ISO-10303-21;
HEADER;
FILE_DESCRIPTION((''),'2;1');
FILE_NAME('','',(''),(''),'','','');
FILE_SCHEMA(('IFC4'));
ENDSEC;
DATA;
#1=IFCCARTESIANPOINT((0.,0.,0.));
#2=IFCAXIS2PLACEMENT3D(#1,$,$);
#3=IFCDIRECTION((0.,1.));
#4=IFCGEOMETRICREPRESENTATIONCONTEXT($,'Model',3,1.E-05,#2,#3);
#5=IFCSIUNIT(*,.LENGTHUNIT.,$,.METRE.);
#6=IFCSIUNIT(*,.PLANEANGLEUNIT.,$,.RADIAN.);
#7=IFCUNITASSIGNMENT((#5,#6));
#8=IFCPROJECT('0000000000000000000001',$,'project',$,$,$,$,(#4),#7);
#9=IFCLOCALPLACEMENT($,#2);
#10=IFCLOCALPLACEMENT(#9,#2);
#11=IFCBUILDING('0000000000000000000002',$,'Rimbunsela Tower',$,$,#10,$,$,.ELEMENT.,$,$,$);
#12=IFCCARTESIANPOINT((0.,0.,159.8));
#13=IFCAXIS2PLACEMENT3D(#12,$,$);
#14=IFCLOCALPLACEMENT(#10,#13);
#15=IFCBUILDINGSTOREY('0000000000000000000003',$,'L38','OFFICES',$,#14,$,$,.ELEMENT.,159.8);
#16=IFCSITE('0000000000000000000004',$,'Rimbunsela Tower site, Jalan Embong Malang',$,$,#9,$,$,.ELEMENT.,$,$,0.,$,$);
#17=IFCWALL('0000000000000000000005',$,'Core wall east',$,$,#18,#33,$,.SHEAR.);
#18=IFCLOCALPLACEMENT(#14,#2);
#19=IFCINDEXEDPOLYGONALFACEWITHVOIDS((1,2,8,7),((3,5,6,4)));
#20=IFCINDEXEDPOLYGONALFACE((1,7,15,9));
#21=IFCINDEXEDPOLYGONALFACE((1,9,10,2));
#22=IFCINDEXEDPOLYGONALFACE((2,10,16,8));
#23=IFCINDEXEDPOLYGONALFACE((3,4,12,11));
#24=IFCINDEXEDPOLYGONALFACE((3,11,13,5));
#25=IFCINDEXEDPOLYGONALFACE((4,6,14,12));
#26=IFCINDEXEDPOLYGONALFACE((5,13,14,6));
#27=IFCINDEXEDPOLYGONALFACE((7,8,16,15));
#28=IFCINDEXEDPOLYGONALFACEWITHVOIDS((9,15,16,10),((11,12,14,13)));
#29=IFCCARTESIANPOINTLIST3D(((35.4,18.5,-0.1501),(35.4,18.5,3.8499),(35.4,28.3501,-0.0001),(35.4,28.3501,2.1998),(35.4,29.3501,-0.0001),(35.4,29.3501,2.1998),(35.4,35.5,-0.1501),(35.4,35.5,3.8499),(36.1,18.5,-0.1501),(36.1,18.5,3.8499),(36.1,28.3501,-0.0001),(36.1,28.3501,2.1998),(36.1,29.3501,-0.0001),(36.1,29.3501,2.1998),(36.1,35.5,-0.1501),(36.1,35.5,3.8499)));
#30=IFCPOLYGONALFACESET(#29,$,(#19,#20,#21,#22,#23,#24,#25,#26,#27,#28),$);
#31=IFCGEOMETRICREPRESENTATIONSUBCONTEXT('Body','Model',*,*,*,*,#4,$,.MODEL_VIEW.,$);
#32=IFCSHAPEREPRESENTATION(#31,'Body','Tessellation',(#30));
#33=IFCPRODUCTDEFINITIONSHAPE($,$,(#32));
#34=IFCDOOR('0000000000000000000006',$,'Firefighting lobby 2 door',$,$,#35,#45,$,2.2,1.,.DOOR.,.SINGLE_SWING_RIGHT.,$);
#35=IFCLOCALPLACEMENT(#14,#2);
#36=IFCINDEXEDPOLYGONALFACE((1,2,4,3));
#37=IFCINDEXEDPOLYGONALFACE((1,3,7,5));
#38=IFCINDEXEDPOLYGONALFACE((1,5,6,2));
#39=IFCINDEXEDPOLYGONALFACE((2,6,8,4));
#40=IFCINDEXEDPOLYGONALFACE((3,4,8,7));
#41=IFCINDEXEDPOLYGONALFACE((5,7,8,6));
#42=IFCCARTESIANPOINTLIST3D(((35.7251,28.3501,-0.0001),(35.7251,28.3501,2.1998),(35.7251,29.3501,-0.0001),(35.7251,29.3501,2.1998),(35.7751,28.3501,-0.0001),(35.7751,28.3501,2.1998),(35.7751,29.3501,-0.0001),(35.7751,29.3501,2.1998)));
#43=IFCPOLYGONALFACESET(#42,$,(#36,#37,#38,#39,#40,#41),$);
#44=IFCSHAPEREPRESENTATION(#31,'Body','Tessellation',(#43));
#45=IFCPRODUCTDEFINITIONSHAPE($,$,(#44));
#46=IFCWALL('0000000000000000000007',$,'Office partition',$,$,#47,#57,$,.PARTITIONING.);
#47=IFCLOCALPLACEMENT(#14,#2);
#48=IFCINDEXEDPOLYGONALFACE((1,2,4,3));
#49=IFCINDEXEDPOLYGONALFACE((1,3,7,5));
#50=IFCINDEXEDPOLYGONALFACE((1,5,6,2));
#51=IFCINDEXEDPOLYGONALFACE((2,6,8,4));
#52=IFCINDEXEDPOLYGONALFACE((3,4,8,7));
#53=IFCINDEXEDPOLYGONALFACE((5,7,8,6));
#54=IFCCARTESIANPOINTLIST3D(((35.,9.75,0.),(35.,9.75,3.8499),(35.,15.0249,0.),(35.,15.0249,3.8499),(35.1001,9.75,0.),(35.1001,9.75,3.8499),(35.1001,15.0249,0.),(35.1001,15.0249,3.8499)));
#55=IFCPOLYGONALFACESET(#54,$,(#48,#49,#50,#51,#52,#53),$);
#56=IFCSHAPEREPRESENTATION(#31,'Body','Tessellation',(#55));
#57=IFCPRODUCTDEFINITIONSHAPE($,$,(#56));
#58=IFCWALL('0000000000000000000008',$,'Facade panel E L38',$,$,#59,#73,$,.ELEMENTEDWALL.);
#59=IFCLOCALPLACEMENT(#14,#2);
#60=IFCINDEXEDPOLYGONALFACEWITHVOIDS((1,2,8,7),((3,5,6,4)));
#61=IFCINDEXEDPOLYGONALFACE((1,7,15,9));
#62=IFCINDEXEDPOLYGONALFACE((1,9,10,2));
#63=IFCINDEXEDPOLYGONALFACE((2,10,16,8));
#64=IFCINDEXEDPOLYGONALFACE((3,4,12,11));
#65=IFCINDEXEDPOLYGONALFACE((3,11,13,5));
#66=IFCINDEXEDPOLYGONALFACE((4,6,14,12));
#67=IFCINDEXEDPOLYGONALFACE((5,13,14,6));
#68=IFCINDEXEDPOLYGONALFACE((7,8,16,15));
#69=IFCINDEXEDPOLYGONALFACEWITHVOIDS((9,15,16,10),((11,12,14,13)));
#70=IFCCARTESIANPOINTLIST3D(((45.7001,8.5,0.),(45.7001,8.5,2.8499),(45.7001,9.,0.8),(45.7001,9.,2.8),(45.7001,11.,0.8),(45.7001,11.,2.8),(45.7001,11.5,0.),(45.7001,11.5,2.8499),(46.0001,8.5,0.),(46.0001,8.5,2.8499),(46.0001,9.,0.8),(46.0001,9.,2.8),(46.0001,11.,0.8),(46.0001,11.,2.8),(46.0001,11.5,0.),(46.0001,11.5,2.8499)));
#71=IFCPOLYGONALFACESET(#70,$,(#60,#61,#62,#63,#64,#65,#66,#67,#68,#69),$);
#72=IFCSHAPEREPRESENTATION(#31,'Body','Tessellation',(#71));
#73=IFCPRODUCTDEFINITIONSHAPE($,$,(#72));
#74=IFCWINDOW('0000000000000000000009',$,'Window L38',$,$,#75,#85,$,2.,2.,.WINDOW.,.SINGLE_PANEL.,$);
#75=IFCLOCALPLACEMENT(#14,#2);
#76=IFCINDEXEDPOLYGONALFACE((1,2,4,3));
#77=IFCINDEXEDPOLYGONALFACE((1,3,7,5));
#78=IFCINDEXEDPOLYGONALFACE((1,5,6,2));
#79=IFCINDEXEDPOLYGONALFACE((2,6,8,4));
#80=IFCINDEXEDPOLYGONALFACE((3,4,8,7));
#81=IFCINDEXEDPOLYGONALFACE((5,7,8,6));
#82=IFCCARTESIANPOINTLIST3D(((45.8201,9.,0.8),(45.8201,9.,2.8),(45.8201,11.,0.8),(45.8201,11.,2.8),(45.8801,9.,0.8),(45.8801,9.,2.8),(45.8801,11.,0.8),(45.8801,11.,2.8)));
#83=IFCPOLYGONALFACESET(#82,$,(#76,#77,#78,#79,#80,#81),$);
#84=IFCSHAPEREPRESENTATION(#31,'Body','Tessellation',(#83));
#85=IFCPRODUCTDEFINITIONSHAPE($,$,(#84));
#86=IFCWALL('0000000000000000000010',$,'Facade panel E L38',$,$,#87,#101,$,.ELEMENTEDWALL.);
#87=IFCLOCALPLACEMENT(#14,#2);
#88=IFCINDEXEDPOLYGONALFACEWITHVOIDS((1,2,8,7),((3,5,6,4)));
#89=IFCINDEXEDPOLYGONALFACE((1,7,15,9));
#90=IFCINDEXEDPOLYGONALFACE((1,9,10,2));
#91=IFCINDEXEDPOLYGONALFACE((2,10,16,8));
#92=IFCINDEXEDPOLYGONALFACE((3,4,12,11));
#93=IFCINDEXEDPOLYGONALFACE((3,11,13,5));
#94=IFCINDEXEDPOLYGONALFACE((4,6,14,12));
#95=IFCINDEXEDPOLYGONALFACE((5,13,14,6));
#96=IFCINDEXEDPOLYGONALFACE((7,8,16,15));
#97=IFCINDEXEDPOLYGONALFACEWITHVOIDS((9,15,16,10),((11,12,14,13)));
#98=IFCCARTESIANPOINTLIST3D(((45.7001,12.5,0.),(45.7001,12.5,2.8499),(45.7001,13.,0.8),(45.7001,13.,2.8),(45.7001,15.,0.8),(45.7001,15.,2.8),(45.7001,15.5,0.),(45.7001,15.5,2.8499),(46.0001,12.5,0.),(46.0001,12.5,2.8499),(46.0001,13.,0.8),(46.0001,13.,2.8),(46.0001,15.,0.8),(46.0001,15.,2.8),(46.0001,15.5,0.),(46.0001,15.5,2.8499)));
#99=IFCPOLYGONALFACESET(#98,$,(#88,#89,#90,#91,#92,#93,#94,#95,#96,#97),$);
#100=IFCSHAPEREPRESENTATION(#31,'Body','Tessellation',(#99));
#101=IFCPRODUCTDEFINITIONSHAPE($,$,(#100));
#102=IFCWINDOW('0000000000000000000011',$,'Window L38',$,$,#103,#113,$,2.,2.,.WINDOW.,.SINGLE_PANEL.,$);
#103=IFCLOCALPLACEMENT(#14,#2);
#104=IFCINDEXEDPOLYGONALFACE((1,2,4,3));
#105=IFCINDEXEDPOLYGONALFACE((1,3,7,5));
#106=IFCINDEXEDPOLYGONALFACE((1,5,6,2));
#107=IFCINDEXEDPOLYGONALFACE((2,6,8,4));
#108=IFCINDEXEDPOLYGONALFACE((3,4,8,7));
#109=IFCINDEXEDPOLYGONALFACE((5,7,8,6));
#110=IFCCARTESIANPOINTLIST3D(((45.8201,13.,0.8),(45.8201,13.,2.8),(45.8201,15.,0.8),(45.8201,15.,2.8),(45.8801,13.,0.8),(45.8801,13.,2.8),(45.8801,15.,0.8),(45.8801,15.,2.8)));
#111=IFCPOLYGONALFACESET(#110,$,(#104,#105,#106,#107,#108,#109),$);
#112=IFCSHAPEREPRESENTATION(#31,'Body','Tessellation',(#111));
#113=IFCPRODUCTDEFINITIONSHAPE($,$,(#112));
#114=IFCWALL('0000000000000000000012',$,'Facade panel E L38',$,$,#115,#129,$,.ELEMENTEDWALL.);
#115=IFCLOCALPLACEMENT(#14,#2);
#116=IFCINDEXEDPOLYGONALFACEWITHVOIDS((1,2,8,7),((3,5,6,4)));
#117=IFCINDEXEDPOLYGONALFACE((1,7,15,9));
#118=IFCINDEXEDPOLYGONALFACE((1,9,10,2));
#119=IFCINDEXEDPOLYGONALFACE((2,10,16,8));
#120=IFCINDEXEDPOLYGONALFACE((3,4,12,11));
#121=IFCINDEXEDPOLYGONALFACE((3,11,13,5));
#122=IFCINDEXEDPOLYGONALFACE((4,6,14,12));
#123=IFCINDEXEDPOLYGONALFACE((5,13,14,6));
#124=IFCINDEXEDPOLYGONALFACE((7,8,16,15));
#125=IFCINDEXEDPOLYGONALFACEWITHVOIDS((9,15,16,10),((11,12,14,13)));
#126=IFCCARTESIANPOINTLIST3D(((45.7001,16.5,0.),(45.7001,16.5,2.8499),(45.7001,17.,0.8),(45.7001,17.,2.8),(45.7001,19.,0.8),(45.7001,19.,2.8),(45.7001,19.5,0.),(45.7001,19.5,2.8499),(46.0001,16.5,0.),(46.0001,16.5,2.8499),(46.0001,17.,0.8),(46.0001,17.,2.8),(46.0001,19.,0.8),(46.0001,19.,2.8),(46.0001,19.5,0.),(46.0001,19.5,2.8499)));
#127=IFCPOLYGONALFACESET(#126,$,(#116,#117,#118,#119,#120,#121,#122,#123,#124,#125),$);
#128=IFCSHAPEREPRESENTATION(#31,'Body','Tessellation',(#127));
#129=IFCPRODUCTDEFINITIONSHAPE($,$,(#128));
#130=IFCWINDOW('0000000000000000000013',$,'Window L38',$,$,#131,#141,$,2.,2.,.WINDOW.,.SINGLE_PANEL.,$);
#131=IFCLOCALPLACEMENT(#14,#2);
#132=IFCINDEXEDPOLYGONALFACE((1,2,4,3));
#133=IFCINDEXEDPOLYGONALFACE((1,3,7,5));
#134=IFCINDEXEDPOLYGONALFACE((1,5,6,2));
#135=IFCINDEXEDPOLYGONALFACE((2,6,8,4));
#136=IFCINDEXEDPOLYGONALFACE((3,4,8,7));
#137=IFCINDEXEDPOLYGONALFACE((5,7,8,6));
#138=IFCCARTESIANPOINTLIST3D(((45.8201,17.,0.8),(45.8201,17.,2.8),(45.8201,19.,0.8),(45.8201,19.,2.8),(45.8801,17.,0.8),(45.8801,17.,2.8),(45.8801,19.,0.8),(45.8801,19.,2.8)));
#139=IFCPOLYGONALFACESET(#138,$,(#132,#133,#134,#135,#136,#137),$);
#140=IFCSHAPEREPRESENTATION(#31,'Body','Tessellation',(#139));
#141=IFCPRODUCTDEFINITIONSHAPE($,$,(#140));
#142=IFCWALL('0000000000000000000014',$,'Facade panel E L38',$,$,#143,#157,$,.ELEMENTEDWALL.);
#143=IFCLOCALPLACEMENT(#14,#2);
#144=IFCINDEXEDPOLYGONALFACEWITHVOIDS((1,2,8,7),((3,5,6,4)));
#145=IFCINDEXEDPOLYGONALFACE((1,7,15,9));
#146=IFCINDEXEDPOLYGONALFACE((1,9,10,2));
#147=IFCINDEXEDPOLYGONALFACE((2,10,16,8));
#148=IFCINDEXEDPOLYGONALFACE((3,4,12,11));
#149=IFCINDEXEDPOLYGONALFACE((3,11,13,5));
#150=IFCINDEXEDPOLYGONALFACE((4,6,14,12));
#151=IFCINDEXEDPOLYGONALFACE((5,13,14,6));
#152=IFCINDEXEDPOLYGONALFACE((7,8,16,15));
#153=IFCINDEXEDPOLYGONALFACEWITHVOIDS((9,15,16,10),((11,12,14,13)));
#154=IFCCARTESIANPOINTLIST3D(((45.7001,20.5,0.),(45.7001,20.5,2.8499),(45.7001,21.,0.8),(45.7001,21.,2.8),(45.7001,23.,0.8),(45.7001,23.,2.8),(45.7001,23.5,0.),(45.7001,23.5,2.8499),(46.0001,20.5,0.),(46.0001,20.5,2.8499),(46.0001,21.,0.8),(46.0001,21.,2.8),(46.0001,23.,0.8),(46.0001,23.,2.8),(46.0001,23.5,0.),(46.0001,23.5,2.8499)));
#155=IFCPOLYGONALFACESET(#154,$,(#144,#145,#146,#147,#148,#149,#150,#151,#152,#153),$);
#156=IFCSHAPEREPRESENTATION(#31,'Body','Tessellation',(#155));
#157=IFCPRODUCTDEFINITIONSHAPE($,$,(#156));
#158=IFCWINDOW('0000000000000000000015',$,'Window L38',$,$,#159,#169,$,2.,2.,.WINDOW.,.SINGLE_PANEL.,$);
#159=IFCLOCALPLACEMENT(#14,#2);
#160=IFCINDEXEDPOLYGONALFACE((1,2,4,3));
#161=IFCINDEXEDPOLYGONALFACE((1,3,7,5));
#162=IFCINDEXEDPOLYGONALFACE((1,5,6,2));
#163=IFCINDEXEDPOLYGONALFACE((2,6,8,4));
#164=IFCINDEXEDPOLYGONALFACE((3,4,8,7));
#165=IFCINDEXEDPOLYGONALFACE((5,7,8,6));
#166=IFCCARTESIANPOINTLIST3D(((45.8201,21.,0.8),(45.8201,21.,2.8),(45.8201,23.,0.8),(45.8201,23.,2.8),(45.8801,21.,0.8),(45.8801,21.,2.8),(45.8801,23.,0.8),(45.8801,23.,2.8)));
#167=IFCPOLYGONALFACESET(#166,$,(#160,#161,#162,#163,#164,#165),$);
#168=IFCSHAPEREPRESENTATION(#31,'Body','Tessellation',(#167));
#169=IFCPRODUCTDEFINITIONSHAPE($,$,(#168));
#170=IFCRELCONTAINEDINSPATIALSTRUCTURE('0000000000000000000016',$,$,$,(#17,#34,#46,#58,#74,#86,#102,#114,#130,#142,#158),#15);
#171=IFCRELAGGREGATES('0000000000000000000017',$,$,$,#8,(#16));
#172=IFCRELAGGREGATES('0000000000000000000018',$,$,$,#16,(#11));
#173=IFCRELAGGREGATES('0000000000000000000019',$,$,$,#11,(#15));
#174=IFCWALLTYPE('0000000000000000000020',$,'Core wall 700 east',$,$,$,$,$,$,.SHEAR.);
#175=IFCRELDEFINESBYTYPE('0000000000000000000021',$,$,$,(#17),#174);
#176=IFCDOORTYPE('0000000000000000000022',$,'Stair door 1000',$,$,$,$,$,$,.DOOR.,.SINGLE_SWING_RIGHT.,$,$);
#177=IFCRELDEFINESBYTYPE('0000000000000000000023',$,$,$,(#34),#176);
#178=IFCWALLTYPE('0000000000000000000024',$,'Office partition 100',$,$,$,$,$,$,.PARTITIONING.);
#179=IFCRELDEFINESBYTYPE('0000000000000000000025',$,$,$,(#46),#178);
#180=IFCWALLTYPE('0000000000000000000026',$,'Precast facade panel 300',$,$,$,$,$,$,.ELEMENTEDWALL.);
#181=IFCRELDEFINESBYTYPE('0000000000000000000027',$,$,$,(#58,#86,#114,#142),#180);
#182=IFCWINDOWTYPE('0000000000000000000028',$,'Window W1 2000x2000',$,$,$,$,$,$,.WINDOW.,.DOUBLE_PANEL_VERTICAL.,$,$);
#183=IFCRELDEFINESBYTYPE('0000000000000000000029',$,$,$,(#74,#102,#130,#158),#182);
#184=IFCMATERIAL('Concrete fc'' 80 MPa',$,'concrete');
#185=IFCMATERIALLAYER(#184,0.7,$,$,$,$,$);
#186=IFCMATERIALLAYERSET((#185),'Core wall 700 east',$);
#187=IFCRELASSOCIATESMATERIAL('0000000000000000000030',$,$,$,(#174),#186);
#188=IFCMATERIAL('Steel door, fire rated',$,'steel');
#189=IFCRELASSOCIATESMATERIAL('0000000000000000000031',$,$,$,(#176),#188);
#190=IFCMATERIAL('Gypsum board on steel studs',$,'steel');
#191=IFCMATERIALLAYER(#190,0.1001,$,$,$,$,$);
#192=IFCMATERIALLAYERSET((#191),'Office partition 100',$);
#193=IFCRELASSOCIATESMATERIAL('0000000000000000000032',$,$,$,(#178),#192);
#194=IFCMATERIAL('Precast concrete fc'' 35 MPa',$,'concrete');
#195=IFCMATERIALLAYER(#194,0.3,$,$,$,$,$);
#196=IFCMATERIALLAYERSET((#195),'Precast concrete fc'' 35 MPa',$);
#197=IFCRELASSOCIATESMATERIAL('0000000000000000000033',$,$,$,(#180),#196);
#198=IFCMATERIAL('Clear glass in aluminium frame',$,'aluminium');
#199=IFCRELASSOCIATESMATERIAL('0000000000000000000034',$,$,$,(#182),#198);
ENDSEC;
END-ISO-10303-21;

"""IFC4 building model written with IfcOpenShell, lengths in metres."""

from ifc_helpers import new_model, si_unit, direction, frame, frame_2d, origin, place, context, subcontext, project, spatial, rectangle, extrude, material, layer, layer_set, type_object, element, fill, save


model = new_model("IFC4")

# Units and contexts
model_context = context("Model", 3, precision=1e-05, world=origin(), true_north=direction((0.0, 1.0)))
body_context = subcontext(model_context, "Body", "Model", "MODEL_VIEW")
ifc_project = project(units=[si_unit("LENGTHUNIT", "METRE"), si_unit("PLANEANGLEUNIT", "RADIAN")], contexts=[model_context])

# Site, building, storey
site_placement = place(None, origin())
site = spatial("IfcSite", under=ifc_project, at=site_placement, Name="Rimbunsela Tower site, Jalan Embong Malang", CompositionType="ELEMENT", RefElevation=0.0)
building_placement = place(site_placement, origin())
building = spatial("IfcBuilding", under=site, at=building_placement, Name="Rimbunsela Tower", CompositionType="ELEMENT")
storey_placement = place(building_placement, frame((0.0, 0.0, 159.8)))
storey = spatial("IfcBuildingStorey", under=building, at=storey_placement, Name="L38", Description="OFFICES", CompositionType="ELEMENT", Elevation=159.8)

# Wall, opening, door
ifc_material_1 = material(Name="Concrete fc' 80 MPa", Category="concrete")
ifc_layer_1 = layer(ifc_material_1, 0.7)
ifc_layer_set_1 = layer_set([ifc_layer_1], Name="Core wall 700 east")
wall_type_1 = type_object("IfcWallType", Name="Core wall 700 east", PredefinedType="SHEAR", material=ifc_layer_set_1)
wall_1_placement = place(storey_placement, frame((35.75, 18.5, -0.1501), z_axis=(0.0, 0.0, 1.0), x_axis=(0.0, 1.0, 0.0)))
wall_1 = element("IfcWall", 1, at=wall_1_placement, inside=storey, type_object=wall_type_1, Name="Core wall east", PredefinedType="SHEAR", context=body_context, shape_type="SweptSolid", body=[
    extrude(rectangle(XDim=17.0, YDim=0.7, at=frame_2d((8.5, 0.0))), origin(), (0.0, 0.0, 1.0), 4.0),
])
opening_1_placement = place(wall_1_placement, frame((9.8501, 0.0, 0.1499)))
opening_1 = element("IfcOpeningElement", 2, at=opening_1_placement, cuts=wall_1, PredefinedType="OPENING", context=body_context, shape_type="SweptSolid", body=[
    extrude(rectangle(XDim=1.0, YDim=2.2, at=frame_2d((0.5, 1.1001))), frame((0.0, 0.3599, 0.0), z_axis=(0.0, -1.0, 0.0), x_axis=(1.0, 0.0, 0.0)), (0.0, 0.0, 1.0), 0.72),
])
ifc_material_2 = material(Name="Steel door, fire rated", Category="steel")
door_type_1 = type_object("IfcDoorType", Name="Stair door 1000", OperationType="SINGLE_SWING_RIGHT", PredefinedType="DOOR", material=ifc_material_2)
door_1_placement = place(opening_1_placement, origin())
door_1 = element("IfcDoor", 3, at=door_1_placement, inside=storey, type_object=door_type_1, Name="Firefighting lobby 2 door", OperationType="SINGLE_SWING_RIGHT", OverallHeight=2.2, OverallWidth=1.0, PredefinedType="DOOR", context=body_context, shape_type="SweptSolid", body=[
    extrude(rectangle(XDim=1.0, YDim=2.2, at=frame_2d((0.5, 1.1001))), frame((0.0, 0.0249, 0.0), z_axis=(0.0, -1.0, 0.0), x_axis=(1.0, 0.0, 0.0)), (0.0, 0.0, 1.0), 0.05),
])
fill(opening_1, door_1)

# Wall
ifc_material_3 = material(Name="Gypsum board on steel studs", Category="steel")
ifc_layer_2 = layer(ifc_material_3, 0.1001)
ifc_layer_set_2 = layer_set([ifc_layer_2], Name="Office partition 100")
wall_type_2 = type_object("IfcWallType", Name="Office partition 100", PredefinedType="PARTITIONING", material=ifc_layer_set_2)
wall_2_placement = place(storey_placement, frame((35.05, 9.75, 0.0), z_axis=(0.0, 0.0, 1.0), x_axis=(0.0, 1.0, 0.0)))
element("IfcWall", 4, at=wall_2_placement, inside=storey, type_object=wall_type_2, Name="Office partition", PredefinedType="PARTITIONING", context=body_context, shape_type="SweptSolid", body=[
    extrude(rectangle(XDim=5.2749, YDim=0.1001, at=frame_2d((2.6375, 0.0))), origin(), (0.0, 0.0, 1.0), 3.8499),
])

# Walls, openings, windows
ifc_material_4 = material(Name="Precast concrete fc' 35 MPa", Category="concrete")
ifc_layer_3 = layer(ifc_material_4, 0.3)
ifc_layer_set_3 = layer_set([ifc_layer_3], Name="Precast concrete fc' 35 MPa")
wall_type_3 = type_object("IfcWallType", Name="Precast facade panel 300", PredefinedType="ELEMENTEDWALL", material=ifc_layer_set_3)
wall_3_placement = place(storey_placement, frame((45.8501, 8.5, 0.0), z_axis=(0.0, 0.0, 1.0), x_axis=(0.0, 1.0, 0.0)))
wall_3 = element("IfcWall", 5, at=wall_3_placement, inside=storey, type_object=wall_type_3, Name="Facade panel E L38", PredefinedType="ELEMENTEDWALL", context=body_context, shape_type="SweptSolid", body=[
    extrude(rectangle(XDim=3.0, YDim=0.3, at=frame_2d((1.5, 0.0))), origin(), (0.0, 0.0, 1.0), 2.8499),
])
opening_2_placement = place(wall_3_placement, frame((0.5, 0.0, 0.8)))
opening_2 = element("IfcOpeningElement", 6, at=opening_2_placement, cuts=wall_3, PredefinedType="OPENING", context=body_context, shape_type="SweptSolid", body=[
    extrude(rectangle(XDim=2.0, YDim=2.0, at=frame_2d((1.0, 1.0))), frame((0.0, 0.1599, 0.0), z_axis=(0.0, -1.0, 0.0), x_axis=(1.0, 0.0, 0.0)), (0.0, 0.0, 1.0), 0.3201),
])
ifc_material_5 = material(Name="Clear glass in aluminium frame", Category="aluminium")
window_type = type_object("IfcWindowType", Name="Window W1 2000x2000", PartitioningType="DOUBLE_PANEL_VERTICAL", PredefinedType="WINDOW", material=ifc_material_5)
window_1_placement = place(opening_2_placement, origin())
window_1 = element("IfcWindow", 7, at=window_1_placement, inside=storey, type_object=window_type, Name="Window L38", OverallHeight=2.0, OverallWidth=2.0, PartitioningType="SINGLE_PANEL", PredefinedType="WINDOW", context=body_context, shape_type="SweptSolid", body=[
    extrude(rectangle(XDim=2.0, YDim=2.0, at=frame_2d((1.0, 1.0))), frame((0.0, 0.03, 0.0), z_axis=(0.0, -1.0, 0.0), x_axis=(1.0, 0.0, 0.0)), (0.0, 0.0, 1.0), 0.0601),
])
fill(opening_2, window_1)
wall_4_placement = place(storey_placement, frame((45.8501, 12.5, 0.0), z_axis=(0.0, 0.0, 1.0), x_axis=(0.0, 1.0, 0.0)))
wall_4 = element("IfcWall", 8, at=wall_4_placement, inside=storey, type_object=wall_type_3, Name="Facade panel E L38", PredefinedType="ELEMENTEDWALL", context=body_context, shape_type="SweptSolid", body=[
    extrude(rectangle(XDim=3.0, YDim=0.3, at=frame_2d((1.5, 0.0))), origin(), (0.0, 0.0, 1.0), 2.8499),
])
opening_3_placement = place(wall_4_placement, frame((0.5, 0.0, 0.8)))
opening_3 = element("IfcOpeningElement", 9, at=opening_3_placement, cuts=wall_4, PredefinedType="OPENING", context=body_context, shape_type="SweptSolid", body=[
    extrude(rectangle(XDim=2.0, YDim=2.0, at=frame_2d((1.0, 1.0))), frame((0.0, 0.1599, 0.0), z_axis=(0.0, -1.0, 0.0), x_axis=(1.0, 0.0, 0.0)), (0.0, 0.0, 1.0), 0.3201),
])
window_2_placement = place(opening_3_placement, origin())
window_2 = element("IfcWindow", 10, at=window_2_placement, inside=storey, type_object=window_type, Name="Window L38", OverallHeight=2.0, OverallWidth=2.0, PartitioningType="SINGLE_PANEL", PredefinedType="WINDOW", context=body_context, shape_type="SweptSolid", body=[
    extrude(rectangle(XDim=2.0, YDim=2.0, at=frame_2d((1.0, 1.0))), frame((0.0, 0.03, 0.0), z_axis=(0.0, -1.0, 0.0), x_axis=(1.0, 0.0, 0.0)), (0.0, 0.0, 1.0), 0.0601),
])
fill(opening_3, window_2)
wall_5_placement = place(storey_placement, frame((45.8501, 16.5, 0.0), z_axis=(0.0, 0.0, 1.0), x_axis=(0.0, 1.0, 0.0)))
wall_5 = element("IfcWall", 11, at=wall_5_placement, inside=storey, type_object=wall_type_3, Name="Facade panel E L38", PredefinedType="ELEMENTEDWALL", context=body_context, shape_type="SweptSolid", body=[
    extrude(rectangle(XDim=3.0, YDim=0.3, at=frame_2d((1.5, 0.0))), origin(), (0.0, 0.0, 1.0), 2.8499),
])
opening_4_placement = place(wall_5_placement, frame((0.5, 0.0, 0.8)))
opening_4 = element("IfcOpeningElement", 12, at=opening_4_placement, cuts=wall_5, PredefinedType="OPENING", context=body_context, shape_type="SweptSolid", body=[
    extrude(rectangle(XDim=2.0, YDim=2.0, at=frame_2d((1.0, 1.0))), frame((0.0, 0.1599, 0.0), z_axis=(0.0, -1.0, 0.0), x_axis=(1.0, 0.0, 0.0)), (0.0, 0.0, 1.0), 0.3201),
])
window_3_placement = place(opening_4_placement, origin())
window_3 = element("IfcWindow", 13, at=window_3_placement, inside=storey, type_object=window_type, Name="Window L38", OverallHeight=2.0, OverallWidth=2.0, PartitioningType="SINGLE_PANEL", PredefinedType="WINDOW", context=body_context, shape_type="SweptSolid", body=[
    extrude(rectangle(XDim=2.0, YDim=2.0, at=frame_2d((1.0, 1.0))), frame((0.0, 0.03, 0.0), z_axis=(0.0, -1.0, 0.0), x_axis=(1.0, 0.0, 0.0)), (0.0, 0.0, 1.0), 0.0601),
])
fill(opening_4, window_3)
wall_6_placement = place(storey_placement, frame((45.8501, 20.5, 0.0), z_axis=(0.0, 0.0, 1.0), x_axis=(0.0, 1.0, 0.0)))
wall_6 = element("IfcWall", 14, at=wall_6_placement, inside=storey, type_object=wall_type_3, Name="Facade panel E L38", PredefinedType="ELEMENTEDWALL", context=body_context, shape_type="SweptSolid", body=[
    extrude(rectangle(XDim=3.0, YDim=0.3, at=frame_2d((1.5, 0.0))), origin(), (0.0, 0.0, 1.0), 2.8499),
])
opening_5_placement = place(wall_6_placement, frame((0.5, 0.0, 0.8)))
opening_5 = element("IfcOpeningElement", 15, at=opening_5_placement, cuts=wall_6, PredefinedType="OPENING", context=body_context, shape_type="SweptSolid", body=[
    extrude(rectangle(XDim=2.0, YDim=2.0, at=frame_2d((1.0, 1.0))), frame((0.0, 0.1599, 0.0), z_axis=(0.0, -1.0, 0.0), x_axis=(1.0, 0.0, 0.0)), (0.0, 0.0, 1.0), 0.3201),
])
window_4_placement = place(opening_5_placement, origin())
window_4 = element("IfcWindow", 16, at=window_4_placement, inside=storey, type_object=window_type, Name="Window L38", OverallHeight=2.0, OverallWidth=2.0, PartitioningType="SINGLE_PANEL", PredefinedType="WINDOW", context=body_context, shape_type="SweptSolid", body=[
    extrude(rectangle(XDim=2.0, YDim=2.0, at=frame_2d((1.0, 1.0))), frame((0.0, 0.03, 0.0), z_axis=(0.0, -1.0, 0.0), x_axis=(1.0, 0.0, 0.0)), (0.0, 0.0, 1.0), 0.0601),
])
fill(opening_5, window_4)

save(model, "model.ifc")
